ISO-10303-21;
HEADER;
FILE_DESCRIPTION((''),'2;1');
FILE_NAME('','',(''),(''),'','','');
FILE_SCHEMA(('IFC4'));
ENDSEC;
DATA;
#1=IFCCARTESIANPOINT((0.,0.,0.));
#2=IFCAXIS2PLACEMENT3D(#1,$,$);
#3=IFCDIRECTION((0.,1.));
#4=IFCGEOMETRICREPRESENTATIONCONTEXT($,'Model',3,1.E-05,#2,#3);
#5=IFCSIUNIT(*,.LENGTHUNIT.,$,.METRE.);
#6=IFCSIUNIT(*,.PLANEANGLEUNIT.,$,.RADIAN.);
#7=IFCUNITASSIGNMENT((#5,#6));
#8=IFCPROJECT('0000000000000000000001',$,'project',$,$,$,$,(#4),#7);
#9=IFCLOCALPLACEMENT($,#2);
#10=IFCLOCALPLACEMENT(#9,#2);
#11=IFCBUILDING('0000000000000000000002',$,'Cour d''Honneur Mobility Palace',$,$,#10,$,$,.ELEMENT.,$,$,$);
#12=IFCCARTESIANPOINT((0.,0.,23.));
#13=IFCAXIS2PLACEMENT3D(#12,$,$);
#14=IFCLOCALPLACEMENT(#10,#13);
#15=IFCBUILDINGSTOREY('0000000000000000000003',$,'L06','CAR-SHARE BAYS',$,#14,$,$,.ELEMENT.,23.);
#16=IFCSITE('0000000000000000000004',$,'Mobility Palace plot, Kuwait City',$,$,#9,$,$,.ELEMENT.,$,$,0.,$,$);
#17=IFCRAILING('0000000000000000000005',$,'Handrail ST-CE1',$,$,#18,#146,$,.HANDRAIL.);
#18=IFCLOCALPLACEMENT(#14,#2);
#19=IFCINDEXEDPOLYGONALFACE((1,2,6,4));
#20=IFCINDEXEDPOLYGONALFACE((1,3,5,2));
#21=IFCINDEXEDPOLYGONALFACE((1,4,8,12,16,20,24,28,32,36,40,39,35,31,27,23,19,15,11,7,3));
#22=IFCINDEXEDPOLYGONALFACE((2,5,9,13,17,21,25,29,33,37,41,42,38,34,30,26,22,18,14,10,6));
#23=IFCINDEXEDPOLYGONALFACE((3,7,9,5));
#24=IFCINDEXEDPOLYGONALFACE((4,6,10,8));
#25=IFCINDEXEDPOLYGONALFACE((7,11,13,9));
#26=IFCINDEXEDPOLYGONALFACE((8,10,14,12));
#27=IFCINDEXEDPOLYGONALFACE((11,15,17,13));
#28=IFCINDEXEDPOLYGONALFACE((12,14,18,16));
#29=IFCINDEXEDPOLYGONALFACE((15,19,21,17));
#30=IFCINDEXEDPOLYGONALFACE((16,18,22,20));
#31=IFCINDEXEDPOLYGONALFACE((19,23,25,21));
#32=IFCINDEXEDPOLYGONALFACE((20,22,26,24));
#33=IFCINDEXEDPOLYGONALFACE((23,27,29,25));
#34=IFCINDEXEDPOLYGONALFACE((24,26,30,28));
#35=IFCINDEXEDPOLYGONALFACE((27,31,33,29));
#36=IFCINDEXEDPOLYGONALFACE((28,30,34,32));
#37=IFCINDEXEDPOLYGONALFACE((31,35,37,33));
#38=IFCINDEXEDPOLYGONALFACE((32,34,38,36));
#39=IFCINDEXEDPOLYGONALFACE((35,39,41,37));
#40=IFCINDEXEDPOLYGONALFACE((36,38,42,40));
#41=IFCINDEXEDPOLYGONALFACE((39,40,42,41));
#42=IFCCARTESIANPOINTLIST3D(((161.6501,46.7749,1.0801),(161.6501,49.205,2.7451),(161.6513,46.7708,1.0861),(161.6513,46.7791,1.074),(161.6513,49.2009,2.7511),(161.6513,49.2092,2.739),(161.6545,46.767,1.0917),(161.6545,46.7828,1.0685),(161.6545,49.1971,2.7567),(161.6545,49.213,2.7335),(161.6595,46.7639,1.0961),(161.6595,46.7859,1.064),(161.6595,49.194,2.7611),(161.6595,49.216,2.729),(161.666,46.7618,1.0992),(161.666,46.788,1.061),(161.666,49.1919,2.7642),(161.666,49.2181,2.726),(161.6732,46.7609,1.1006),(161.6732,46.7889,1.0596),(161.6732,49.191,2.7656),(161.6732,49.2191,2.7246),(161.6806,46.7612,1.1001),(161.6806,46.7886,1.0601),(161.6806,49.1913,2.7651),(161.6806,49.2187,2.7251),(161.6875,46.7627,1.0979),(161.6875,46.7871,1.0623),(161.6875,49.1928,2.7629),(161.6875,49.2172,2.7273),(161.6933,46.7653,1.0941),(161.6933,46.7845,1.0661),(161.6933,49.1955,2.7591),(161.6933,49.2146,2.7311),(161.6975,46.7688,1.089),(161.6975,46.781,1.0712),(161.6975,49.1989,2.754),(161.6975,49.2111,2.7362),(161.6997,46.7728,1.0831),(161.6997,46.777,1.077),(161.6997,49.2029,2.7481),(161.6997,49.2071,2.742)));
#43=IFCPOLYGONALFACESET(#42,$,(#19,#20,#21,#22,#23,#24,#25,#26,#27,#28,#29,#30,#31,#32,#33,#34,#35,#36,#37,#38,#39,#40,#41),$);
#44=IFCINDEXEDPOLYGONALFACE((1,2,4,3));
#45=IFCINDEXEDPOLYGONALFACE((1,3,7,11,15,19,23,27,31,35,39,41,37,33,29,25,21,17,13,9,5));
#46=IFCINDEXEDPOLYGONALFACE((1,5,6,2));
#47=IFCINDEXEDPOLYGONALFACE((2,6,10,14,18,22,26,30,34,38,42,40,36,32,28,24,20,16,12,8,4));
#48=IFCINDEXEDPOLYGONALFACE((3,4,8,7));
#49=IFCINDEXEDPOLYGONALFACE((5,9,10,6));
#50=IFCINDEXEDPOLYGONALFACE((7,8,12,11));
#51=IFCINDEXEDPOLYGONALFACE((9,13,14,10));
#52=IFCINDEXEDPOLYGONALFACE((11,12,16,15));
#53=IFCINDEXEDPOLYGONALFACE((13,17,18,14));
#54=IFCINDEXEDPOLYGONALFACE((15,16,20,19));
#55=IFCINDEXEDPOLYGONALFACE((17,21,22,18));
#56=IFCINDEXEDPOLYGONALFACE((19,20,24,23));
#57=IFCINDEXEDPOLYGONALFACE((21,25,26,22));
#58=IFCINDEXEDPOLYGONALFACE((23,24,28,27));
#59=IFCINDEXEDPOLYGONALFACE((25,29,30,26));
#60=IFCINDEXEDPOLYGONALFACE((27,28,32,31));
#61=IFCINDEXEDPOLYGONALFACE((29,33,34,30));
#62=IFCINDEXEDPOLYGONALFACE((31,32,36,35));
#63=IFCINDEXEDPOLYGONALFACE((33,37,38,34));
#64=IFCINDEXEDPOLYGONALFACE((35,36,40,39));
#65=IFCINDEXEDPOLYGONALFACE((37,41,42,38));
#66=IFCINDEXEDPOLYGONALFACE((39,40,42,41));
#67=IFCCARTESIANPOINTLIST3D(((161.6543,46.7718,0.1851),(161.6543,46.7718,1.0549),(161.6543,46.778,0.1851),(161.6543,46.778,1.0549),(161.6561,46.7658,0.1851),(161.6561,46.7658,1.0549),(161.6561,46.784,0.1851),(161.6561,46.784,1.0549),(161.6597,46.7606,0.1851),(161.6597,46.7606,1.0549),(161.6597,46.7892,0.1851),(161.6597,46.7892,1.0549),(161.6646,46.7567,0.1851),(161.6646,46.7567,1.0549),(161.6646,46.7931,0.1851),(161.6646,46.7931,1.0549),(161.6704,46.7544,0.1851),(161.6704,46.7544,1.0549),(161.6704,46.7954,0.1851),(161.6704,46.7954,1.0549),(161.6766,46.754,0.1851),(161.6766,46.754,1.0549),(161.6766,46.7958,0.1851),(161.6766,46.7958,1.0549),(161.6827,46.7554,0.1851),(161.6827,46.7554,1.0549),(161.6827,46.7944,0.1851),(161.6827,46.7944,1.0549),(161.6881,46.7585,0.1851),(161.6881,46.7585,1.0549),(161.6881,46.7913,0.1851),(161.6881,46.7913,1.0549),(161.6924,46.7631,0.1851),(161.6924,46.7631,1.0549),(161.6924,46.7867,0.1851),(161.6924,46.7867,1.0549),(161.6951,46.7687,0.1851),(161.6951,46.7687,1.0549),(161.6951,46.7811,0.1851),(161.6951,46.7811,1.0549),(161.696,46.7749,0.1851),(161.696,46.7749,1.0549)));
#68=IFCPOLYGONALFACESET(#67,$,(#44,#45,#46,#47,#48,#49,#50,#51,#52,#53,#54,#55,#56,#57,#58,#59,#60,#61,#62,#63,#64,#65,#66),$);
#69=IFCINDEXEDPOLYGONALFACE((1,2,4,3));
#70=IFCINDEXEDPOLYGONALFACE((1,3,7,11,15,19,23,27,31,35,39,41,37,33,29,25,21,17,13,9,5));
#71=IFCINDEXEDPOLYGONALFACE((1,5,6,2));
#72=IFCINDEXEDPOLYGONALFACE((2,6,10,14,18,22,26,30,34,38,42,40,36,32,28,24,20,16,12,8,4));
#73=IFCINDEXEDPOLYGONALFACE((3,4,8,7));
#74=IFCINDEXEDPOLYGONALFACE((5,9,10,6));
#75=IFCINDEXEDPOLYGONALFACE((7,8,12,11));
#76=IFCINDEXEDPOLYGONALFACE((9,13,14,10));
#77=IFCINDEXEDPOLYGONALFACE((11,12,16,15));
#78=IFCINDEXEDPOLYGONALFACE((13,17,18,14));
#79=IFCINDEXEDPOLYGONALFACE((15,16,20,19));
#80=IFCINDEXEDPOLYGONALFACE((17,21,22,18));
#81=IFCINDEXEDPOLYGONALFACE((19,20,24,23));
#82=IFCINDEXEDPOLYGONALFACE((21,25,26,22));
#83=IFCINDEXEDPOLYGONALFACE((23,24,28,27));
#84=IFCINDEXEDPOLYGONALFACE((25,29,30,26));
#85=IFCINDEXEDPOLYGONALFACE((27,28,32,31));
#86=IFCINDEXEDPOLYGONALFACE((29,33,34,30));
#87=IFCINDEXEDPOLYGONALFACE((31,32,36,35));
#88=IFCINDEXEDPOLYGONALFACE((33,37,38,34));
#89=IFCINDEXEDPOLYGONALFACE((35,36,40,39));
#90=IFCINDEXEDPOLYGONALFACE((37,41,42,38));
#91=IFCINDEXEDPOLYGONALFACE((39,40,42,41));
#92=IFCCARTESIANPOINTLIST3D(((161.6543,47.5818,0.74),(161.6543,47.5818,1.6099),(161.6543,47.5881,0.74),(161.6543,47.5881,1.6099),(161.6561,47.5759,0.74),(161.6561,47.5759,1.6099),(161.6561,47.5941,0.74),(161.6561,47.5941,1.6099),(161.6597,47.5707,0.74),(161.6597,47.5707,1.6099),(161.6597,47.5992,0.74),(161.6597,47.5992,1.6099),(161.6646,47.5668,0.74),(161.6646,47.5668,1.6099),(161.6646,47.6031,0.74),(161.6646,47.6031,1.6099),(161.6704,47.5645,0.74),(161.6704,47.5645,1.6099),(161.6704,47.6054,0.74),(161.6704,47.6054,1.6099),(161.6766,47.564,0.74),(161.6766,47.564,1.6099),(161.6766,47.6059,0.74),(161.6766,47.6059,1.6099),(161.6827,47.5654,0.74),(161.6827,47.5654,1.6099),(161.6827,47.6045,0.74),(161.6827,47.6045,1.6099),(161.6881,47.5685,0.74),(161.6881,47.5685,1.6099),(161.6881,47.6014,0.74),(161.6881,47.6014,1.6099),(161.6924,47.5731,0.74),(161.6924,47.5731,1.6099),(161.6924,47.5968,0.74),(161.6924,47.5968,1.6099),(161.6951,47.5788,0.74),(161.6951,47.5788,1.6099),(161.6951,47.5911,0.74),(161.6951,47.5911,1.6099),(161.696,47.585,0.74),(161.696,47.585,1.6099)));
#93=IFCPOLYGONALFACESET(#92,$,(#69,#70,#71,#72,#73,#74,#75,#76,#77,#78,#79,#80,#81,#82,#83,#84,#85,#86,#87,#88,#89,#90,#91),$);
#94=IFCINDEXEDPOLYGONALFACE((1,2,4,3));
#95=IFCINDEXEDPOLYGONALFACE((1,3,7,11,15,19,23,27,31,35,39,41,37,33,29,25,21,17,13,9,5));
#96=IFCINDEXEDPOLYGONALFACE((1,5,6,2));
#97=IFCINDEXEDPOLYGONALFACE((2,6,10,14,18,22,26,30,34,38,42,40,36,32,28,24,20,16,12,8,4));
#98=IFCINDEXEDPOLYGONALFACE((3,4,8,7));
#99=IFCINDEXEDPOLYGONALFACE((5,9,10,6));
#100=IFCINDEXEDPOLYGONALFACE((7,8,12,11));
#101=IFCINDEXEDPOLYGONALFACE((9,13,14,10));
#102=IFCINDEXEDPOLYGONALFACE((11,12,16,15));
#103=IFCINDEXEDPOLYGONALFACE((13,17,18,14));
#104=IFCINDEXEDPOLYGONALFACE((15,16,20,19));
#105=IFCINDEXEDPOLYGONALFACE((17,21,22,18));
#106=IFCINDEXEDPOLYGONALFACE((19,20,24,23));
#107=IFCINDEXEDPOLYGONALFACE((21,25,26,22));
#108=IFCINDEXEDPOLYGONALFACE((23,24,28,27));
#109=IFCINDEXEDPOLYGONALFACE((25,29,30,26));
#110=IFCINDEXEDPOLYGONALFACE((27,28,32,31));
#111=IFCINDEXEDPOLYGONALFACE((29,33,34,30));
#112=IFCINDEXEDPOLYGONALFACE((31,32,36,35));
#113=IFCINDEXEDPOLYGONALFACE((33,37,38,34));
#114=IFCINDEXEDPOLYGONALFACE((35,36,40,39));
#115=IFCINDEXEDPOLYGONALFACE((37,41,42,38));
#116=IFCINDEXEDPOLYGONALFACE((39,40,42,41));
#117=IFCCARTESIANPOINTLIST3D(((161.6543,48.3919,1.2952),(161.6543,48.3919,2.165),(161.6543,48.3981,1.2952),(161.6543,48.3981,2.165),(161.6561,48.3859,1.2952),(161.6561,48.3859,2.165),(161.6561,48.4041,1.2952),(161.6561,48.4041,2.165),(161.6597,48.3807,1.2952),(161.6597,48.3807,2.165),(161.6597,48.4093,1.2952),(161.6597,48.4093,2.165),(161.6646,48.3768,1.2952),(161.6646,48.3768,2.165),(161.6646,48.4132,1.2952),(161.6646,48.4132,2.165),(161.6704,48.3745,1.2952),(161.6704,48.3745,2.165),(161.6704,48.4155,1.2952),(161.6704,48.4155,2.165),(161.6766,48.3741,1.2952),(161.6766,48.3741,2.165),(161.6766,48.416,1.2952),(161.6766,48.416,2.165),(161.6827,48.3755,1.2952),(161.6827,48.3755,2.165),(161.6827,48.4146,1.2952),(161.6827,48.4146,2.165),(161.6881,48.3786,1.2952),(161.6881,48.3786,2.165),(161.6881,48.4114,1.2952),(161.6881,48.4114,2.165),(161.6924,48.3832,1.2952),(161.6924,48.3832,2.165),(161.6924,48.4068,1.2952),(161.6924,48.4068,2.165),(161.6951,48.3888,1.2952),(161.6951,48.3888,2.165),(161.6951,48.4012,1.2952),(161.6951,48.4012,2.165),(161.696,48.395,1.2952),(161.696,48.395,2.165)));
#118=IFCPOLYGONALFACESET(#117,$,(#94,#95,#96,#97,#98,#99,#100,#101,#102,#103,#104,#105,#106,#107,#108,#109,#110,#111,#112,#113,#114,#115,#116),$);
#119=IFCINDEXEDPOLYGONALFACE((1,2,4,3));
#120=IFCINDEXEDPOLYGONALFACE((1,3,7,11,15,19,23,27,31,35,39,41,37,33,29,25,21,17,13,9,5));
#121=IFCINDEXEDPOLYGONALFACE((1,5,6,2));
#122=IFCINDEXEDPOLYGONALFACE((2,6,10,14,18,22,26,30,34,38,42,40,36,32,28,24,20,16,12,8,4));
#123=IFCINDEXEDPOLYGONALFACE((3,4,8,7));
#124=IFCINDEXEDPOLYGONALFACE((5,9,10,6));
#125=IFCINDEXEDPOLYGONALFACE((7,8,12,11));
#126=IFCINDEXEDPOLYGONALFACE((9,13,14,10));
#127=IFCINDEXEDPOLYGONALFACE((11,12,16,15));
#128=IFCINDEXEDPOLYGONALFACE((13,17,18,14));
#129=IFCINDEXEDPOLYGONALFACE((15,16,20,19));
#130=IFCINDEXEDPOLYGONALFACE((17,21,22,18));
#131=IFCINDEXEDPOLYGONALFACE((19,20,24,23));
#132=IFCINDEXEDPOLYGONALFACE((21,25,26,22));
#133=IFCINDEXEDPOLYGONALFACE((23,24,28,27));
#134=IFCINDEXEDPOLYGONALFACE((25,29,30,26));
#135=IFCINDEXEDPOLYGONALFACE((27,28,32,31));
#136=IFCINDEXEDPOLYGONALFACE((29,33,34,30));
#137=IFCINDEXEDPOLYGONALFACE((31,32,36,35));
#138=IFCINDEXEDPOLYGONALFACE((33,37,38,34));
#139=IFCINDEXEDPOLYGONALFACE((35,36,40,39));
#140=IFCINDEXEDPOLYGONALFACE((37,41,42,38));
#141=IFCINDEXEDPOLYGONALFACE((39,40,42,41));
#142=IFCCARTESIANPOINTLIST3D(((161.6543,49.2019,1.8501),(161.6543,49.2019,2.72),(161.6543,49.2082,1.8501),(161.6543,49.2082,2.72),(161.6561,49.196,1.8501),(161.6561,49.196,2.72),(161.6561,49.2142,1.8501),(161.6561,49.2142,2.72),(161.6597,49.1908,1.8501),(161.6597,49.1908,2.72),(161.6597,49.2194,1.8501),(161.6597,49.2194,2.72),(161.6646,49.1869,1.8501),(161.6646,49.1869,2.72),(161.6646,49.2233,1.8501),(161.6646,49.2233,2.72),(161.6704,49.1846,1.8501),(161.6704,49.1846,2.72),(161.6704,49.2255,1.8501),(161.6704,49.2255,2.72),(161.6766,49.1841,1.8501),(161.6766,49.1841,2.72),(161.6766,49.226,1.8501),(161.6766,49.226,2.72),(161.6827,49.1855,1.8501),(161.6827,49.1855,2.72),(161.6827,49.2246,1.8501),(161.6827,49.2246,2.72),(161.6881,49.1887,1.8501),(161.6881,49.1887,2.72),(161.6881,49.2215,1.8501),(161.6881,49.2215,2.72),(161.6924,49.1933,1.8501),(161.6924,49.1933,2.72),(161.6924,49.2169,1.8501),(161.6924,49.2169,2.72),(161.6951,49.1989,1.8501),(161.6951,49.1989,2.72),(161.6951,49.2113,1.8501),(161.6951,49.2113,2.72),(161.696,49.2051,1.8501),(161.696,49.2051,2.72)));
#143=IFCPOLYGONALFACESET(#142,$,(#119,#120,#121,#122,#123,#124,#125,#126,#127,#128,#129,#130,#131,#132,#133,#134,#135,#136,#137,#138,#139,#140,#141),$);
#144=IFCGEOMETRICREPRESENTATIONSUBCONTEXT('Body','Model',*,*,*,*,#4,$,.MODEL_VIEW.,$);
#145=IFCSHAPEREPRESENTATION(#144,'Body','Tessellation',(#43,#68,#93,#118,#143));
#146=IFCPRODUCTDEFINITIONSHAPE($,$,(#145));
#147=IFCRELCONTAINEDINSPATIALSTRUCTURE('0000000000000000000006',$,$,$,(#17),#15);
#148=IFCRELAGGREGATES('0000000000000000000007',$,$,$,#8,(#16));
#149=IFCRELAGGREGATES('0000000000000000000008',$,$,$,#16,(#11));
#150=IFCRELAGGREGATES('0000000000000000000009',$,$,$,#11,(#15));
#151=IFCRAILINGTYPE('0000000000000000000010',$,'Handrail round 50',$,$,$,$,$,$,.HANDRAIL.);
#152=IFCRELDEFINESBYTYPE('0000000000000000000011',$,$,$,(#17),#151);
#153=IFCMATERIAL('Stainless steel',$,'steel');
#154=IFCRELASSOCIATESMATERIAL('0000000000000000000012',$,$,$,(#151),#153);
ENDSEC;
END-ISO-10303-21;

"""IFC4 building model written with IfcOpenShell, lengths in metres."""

from ifc_helpers import new_model, si_unit, direction, frame, origin, origin_2d, place, context, subcontext, project, spatial, circle, extrude, material, type_object, element, save


model = new_model("IFC4")

# Units and contexts
model_context = context("Model", 3, precision=1e-05, world=origin(), true_north=direction((0.0, 1.0)))
body_context = subcontext(model_context, "Body", "Model", "MODEL_VIEW")
ifc_project = project(units=[si_unit("LENGTHUNIT", "METRE"), si_unit("PLANEANGLEUNIT", "RADIAN")], contexts=[model_context])

# Site, building, storey
site_placement = place(None, origin())
site = spatial("IfcSite", under=ifc_project, at=site_placement, Name="Mobility Palace plot, Kuwait City", CompositionType="ELEMENT", RefElevation=0.0)
building_placement = place(site_placement, origin())
building = spatial("IfcBuilding", under=site, at=building_placement, Name="Cour d'Honneur Mobility Palace", CompositionType="ELEMENT")
storey_placement = place(building_placement, frame((0.0, 0.0, 23.0)))
storey = spatial("IfcBuildingStorey", under=building, at=storey_placement, Name="L06", Description="CAR-SHARE BAYS", CompositionType="ELEMENT", Elevation=23.0)

# Railing
ifc_material_1 = material(Name="Stainless steel", Category="steel")
railing_type_1 = type_object("IfcRailingType", Name="Handrail round 50", PredefinedType="HANDRAIL", material=ifc_material_1)
for number, where, name in (
    (1, (161.675, 46.7749, 0.1851), "Handrail ST-CE1"),
):
    element("IfcRailing", number, at=place(storey_placement, frame(where)), inside=storey, type_object=railing_type_1, Name=name, PredefinedType="HANDRAIL", context=body_context, shape_type="SweptSolid", body=[
        extrude(circle(Radius=0.0249, at=origin_2d()), frame((0.0, 0.0, 0.895), z_axis=(0.0, 0.824945, 0.565213), x_axis=(-1.0, 0.0, 0.0)), (0.0, 0.0, 1.0), 2.9458),
        extrude(circle(Radius=0.021, at=origin_2d()), origin(), (0.0, 0.0, 1.0), 0.8699),
        extrude(circle(Radius=0.021, at=origin_2d()), frame((0.0, 0.8101, 0.5549)), (0.0, 0.0, 1.0), 0.8699),
        extrude(circle(Radius=0.021, at=origin_2d()), frame((0.0, 1.6201, 1.1101)), (0.0, 0.0, 1.0), 0.8699),
        extrude(circle(Radius=0.021, at=origin_2d()), frame((0.0, 2.4302, 1.665)), (0.0, 0.0, 1.0), 0.8699),
    ])

save(model, "model.ifc")
